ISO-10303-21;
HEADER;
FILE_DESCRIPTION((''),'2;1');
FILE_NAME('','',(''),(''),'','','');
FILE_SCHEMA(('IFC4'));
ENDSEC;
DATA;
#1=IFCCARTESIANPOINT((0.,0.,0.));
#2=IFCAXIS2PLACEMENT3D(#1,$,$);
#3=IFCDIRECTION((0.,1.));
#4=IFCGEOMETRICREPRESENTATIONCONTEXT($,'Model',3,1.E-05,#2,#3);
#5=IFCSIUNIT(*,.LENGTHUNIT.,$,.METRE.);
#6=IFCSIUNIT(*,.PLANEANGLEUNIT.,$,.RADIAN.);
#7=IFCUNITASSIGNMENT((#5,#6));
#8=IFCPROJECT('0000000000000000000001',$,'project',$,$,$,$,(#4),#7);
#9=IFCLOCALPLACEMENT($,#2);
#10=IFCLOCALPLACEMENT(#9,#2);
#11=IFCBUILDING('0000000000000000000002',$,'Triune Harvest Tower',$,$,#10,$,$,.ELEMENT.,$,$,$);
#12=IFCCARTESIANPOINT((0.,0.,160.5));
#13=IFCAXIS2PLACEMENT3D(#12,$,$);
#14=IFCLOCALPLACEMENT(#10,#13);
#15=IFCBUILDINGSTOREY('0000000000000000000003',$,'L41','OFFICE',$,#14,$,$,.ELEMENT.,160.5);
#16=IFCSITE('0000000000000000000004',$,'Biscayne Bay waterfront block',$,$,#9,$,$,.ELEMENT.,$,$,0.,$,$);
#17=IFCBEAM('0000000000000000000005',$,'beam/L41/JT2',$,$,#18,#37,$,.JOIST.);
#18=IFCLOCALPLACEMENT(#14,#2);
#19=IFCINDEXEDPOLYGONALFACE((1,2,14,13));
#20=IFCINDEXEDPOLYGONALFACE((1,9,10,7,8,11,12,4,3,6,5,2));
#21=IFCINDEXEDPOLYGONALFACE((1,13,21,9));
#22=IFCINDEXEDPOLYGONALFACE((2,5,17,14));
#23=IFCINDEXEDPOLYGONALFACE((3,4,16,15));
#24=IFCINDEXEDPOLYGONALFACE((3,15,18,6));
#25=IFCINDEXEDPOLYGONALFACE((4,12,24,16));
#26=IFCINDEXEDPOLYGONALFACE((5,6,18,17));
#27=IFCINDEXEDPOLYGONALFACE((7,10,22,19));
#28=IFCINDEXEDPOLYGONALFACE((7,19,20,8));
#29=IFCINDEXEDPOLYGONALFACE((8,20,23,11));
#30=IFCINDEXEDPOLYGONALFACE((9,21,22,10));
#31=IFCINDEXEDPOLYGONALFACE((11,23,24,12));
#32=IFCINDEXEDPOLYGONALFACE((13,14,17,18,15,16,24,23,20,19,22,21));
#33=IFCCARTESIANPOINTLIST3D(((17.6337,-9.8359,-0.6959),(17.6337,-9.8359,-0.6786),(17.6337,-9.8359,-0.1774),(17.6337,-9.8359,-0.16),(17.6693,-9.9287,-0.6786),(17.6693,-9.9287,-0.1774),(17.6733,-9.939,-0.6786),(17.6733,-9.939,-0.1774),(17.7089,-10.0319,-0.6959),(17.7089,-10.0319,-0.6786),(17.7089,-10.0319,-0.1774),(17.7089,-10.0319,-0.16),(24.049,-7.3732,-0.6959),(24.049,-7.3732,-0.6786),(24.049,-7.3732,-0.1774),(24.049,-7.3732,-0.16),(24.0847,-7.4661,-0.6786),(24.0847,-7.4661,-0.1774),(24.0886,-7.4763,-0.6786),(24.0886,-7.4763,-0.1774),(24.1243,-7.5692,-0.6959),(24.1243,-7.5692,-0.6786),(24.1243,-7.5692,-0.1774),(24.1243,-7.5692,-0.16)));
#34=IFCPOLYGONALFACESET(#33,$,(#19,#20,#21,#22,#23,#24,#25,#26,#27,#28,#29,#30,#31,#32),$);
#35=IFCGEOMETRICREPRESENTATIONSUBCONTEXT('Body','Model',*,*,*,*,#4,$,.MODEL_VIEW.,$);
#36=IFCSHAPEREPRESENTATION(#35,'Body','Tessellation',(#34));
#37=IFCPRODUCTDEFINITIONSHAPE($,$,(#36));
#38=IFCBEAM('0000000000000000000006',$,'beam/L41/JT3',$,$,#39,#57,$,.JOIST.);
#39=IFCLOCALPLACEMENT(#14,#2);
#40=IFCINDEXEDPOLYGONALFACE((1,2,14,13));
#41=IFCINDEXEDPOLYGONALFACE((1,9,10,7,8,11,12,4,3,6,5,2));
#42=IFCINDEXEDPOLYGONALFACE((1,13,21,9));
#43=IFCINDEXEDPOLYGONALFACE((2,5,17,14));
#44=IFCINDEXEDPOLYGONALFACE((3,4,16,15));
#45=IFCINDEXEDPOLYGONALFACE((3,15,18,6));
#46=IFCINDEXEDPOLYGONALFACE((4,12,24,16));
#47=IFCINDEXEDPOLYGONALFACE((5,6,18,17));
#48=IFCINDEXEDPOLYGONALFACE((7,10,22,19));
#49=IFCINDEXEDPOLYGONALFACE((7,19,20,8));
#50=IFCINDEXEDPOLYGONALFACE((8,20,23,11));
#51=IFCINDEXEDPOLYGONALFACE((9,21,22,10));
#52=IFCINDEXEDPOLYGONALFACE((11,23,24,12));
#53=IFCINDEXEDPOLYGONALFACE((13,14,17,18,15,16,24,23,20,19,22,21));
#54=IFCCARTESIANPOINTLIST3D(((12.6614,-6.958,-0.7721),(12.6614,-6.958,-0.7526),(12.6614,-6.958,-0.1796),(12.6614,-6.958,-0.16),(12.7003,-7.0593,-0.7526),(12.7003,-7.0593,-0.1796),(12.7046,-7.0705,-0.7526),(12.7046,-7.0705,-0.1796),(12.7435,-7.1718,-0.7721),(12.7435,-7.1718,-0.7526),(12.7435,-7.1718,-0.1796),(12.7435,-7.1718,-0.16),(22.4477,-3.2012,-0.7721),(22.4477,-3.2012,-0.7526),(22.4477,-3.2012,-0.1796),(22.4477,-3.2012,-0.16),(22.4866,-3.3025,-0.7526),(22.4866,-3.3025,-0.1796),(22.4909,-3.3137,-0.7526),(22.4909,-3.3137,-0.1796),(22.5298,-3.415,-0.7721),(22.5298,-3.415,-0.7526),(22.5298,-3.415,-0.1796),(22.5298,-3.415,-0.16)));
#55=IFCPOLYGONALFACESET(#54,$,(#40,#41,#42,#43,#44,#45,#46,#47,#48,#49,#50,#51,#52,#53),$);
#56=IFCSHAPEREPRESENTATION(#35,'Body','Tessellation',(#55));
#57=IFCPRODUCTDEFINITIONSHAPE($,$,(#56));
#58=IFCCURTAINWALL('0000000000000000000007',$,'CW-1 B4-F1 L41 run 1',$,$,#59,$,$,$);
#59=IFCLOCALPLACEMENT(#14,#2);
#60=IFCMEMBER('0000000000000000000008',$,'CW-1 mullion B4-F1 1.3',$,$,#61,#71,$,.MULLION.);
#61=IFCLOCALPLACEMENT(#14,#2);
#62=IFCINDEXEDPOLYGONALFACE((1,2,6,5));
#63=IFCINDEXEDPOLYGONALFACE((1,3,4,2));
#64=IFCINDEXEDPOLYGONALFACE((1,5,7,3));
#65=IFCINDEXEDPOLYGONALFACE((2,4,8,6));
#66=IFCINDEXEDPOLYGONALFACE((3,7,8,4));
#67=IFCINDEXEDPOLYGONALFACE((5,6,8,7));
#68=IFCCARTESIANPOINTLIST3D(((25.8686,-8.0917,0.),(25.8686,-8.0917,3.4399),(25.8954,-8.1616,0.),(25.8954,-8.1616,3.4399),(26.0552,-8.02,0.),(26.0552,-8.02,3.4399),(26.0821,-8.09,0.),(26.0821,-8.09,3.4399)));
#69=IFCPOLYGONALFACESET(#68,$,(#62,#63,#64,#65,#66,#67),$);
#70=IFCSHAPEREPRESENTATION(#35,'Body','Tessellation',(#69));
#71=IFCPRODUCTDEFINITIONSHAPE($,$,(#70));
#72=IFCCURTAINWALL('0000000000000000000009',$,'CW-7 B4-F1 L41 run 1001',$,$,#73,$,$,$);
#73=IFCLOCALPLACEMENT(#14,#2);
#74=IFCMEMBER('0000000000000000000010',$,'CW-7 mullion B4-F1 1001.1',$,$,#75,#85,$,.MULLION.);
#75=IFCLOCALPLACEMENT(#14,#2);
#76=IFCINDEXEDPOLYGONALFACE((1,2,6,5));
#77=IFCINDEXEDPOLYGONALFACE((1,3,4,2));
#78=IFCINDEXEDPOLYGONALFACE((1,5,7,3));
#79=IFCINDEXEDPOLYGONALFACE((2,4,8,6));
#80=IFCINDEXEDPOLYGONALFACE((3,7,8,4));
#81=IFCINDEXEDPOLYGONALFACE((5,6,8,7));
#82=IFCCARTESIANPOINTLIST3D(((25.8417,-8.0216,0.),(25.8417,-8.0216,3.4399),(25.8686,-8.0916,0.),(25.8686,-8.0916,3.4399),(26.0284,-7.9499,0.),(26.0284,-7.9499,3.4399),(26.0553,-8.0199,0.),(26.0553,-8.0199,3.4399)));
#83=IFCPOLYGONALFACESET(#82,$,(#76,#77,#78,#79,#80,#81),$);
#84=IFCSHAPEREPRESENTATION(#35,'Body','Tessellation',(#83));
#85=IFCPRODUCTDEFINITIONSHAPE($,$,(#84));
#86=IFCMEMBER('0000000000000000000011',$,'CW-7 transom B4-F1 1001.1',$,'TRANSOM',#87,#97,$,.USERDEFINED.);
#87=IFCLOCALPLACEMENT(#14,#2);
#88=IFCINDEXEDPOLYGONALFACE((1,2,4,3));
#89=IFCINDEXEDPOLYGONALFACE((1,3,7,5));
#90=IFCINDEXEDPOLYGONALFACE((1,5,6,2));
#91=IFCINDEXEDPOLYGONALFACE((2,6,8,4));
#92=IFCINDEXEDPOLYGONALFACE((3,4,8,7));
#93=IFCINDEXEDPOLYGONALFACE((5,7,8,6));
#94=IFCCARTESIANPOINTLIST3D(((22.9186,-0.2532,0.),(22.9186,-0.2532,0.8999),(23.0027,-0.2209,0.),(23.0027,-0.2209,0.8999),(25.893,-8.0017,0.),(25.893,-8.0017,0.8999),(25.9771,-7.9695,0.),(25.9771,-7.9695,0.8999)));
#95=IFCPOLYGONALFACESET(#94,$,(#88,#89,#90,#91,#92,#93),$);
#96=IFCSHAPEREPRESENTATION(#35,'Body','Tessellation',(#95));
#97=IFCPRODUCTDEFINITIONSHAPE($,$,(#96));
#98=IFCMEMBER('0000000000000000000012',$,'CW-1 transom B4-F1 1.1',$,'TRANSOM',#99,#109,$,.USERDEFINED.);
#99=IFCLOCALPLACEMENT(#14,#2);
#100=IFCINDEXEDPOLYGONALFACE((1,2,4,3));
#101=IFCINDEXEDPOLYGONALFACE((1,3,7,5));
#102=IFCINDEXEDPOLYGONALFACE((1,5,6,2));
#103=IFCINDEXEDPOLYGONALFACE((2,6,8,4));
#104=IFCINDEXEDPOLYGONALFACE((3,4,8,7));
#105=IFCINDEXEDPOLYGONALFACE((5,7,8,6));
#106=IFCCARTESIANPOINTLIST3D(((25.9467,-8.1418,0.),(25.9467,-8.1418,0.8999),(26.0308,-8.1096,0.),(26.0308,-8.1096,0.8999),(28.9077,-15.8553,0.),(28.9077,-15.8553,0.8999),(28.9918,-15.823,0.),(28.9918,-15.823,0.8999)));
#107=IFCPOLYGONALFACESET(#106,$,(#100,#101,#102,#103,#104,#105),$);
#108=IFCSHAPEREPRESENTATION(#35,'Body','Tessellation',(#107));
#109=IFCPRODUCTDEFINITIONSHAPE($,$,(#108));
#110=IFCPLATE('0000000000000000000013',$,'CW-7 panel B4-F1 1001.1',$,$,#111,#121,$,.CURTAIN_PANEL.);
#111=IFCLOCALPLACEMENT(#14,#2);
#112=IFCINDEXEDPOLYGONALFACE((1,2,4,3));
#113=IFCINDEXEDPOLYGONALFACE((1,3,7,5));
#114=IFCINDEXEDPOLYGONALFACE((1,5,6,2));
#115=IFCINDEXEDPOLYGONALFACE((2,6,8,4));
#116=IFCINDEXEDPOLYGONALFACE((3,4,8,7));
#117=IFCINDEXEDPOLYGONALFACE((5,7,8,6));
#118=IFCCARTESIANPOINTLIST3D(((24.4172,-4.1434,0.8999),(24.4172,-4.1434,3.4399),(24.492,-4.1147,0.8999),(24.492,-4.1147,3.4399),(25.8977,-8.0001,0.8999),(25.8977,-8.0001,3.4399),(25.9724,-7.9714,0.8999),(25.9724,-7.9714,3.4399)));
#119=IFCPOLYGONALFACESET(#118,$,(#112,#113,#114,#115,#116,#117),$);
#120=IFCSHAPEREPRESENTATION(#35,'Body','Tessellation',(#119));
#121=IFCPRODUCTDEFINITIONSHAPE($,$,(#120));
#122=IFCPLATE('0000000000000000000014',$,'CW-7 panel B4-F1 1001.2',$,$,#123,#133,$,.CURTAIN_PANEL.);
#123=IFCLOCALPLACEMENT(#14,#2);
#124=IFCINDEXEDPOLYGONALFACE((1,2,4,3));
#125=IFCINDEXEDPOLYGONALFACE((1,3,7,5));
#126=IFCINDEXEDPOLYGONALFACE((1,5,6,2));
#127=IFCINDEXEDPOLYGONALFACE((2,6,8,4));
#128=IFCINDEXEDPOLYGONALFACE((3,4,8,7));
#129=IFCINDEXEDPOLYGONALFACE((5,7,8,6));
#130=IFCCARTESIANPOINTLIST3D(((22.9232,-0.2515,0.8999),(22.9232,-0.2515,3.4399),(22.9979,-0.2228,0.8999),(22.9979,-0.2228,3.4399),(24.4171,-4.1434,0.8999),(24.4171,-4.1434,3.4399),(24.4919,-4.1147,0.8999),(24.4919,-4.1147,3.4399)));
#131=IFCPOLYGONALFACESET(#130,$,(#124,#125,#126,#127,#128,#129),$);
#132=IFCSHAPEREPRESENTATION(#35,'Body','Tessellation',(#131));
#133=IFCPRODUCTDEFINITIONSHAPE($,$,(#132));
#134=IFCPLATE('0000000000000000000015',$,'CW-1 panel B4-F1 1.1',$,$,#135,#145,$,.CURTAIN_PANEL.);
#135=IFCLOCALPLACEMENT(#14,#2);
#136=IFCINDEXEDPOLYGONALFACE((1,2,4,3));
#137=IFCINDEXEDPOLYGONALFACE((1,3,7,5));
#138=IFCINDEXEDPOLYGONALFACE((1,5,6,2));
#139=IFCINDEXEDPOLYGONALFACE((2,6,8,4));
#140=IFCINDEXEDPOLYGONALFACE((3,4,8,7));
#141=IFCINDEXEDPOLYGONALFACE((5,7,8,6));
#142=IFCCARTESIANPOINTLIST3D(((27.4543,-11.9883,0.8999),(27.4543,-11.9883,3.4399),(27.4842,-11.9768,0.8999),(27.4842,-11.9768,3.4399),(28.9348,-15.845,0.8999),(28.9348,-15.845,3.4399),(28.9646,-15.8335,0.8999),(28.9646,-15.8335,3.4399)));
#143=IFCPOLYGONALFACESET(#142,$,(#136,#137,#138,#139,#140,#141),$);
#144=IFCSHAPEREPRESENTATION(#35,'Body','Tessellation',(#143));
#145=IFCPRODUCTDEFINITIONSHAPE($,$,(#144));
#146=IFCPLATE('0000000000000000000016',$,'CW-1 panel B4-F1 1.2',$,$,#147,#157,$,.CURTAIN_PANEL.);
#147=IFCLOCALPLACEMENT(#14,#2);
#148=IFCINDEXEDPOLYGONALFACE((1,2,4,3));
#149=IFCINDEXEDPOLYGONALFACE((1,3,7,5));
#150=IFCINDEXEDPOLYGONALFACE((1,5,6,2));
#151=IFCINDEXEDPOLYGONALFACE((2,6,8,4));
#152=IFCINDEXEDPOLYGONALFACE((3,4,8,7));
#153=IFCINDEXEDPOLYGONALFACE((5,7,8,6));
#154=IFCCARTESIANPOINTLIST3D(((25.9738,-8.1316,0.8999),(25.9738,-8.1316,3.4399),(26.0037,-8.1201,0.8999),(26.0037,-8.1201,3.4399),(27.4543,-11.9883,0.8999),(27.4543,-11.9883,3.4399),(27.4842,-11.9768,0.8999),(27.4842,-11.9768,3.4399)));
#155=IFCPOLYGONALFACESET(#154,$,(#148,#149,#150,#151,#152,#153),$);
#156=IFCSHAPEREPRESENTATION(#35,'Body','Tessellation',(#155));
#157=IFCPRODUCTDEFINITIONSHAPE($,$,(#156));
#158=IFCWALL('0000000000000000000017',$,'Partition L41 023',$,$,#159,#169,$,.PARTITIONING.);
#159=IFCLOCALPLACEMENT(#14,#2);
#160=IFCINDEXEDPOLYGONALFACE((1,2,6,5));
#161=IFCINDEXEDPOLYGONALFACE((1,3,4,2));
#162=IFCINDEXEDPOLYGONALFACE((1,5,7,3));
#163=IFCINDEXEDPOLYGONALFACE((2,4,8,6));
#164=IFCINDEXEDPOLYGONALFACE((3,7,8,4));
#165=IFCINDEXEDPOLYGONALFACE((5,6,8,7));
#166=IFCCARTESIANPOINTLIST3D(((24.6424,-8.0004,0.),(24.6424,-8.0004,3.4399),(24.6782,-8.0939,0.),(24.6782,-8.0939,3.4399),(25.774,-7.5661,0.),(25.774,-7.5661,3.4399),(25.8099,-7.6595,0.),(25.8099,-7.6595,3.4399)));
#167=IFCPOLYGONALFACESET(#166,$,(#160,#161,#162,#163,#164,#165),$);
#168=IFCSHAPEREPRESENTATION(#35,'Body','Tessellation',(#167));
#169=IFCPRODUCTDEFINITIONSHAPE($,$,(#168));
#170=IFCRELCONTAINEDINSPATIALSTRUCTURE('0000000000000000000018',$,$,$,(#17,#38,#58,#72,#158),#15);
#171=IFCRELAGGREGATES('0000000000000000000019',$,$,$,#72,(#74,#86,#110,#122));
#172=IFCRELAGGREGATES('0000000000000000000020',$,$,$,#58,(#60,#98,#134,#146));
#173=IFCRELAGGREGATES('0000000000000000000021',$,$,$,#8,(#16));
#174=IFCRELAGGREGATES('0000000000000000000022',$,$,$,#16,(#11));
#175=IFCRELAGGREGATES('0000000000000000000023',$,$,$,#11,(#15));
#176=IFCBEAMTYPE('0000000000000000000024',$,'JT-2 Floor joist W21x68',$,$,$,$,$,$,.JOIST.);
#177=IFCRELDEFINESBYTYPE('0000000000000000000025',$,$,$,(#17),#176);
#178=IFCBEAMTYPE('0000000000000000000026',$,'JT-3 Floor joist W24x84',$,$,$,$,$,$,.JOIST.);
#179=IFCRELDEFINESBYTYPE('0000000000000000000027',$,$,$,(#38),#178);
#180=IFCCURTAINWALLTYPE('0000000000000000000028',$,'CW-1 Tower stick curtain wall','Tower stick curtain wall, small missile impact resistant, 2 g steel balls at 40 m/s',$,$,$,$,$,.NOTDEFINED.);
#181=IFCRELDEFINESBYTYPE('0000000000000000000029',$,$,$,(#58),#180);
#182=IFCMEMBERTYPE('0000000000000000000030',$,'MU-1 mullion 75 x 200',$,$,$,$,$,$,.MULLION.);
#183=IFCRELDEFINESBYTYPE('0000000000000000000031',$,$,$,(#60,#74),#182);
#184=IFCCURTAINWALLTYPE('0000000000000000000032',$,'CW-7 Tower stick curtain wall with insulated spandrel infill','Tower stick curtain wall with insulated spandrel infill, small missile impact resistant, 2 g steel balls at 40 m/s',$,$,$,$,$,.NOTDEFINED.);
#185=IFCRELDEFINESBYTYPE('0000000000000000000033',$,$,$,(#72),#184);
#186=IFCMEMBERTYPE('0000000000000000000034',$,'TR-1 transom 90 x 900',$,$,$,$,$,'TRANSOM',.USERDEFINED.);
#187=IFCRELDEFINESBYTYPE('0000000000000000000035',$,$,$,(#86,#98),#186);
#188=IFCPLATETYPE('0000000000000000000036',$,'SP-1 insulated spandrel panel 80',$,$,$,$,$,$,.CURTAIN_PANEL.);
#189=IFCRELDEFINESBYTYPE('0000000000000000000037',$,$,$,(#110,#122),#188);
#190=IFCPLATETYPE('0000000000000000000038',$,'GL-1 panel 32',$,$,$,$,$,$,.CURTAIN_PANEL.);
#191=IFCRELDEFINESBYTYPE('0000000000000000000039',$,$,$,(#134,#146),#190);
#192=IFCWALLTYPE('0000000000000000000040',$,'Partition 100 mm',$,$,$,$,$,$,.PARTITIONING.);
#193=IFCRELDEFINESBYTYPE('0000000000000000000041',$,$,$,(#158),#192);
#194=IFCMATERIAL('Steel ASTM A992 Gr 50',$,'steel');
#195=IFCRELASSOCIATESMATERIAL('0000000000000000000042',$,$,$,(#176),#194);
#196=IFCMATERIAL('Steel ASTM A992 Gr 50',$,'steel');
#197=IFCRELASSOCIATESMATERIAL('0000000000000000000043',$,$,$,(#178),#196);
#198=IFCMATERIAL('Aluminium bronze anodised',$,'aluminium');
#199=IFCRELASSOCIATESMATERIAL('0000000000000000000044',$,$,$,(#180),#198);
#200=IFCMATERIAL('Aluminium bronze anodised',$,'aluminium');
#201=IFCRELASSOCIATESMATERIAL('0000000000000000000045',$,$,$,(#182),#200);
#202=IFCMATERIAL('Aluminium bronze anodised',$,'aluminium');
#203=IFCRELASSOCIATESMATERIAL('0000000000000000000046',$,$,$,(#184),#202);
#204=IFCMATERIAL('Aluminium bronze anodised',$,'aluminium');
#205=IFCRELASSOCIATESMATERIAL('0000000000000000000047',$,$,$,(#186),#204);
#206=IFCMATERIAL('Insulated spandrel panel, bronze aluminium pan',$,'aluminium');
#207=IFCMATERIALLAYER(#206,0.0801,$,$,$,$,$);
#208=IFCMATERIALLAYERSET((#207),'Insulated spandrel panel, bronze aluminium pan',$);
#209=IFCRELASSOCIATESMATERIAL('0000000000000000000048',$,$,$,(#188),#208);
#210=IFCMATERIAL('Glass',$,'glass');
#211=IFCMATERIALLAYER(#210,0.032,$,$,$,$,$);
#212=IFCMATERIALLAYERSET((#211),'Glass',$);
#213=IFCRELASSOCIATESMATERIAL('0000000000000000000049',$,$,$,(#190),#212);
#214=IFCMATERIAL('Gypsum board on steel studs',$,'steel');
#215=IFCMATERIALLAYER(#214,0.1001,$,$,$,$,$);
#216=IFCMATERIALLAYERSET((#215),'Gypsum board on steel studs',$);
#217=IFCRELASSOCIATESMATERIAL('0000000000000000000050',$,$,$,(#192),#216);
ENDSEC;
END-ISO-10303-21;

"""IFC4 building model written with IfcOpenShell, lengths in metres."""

from ifc_helpers import new_model, si_unit, direction, frame, frame_2d, origin, origin_2d, place, context, subcontext, project, spatial, rectangle, i_section, extrude, source, transform, mapped, material, layer, layer_set, material_profile, profile_set, type_object, element, aggregate, save


model = new_model("IFC4")

# Units and contexts
model_context = context("Model", 3, precision=1e-05, world=origin(), true_north=direction((0.0, 1.0)))
body_context = subcontext(model_context, "Body", "Model", "MODEL_VIEW")
ifc_project = project(units=[si_unit("LENGTHUNIT", "METRE"), si_unit("PLANEANGLEUNIT", "RADIAN")], contexts=[model_context])

# Site, building, storey
site_placement = place(None, origin())
site = spatial("IfcSite", under=ifc_project, at=site_placement, Name="Biscayne Bay waterfront block", CompositionType="ELEMENT", RefElevation=0.0)
building_placement = place(site_placement, origin())
building = spatial("IfcBuilding", under=site, at=building_placement, Name="Triune Harvest Tower", CompositionType="ELEMENT")
storey_placement = place(building_placement, frame((0.0, 0.0, 160.5)))
storey = spatial("IfcBuildingStorey", under=building, at=storey_placement, Name="L41", Description="OFFICE", CompositionType="ELEMENT", Elevation=160.5)

# Beams
ifc_material_1 = material(Name="Steel ASTM A992 Gr 50", Category="steel")
ifc_material_profile_1 = material_profile(ifc_material_1, i_section(OverallWidth=0.21, OverallDepth=0.5359, WebThickness=0.011, FlangeThickness=0.0173, at=origin_2d()), Name="W21x68")
ifc_profile_set_1 = profile_set([ifc_material_profile_1], Name="Steel ASTM A992 Gr 50")
beam_type_1 = type_object("IfcBeamType", Name="JT-2 Floor joist W21x68", PredefinedType="JOIST", material=ifc_profile_set_1)
shared_shape_1 = source(origin(), body_context, "Body", "SweptSolid", [
    extrude(i_section(OverallWidth=0.21, OverallDepth=0.5359, WebThickness=0.011, FlangeThickness=0.0173, at=origin_2d()), origin(), (0.0, 0.0, 1.0), 6.8718),
])
beam_1_placement = place(storey_placement, frame((24.0867, -7.4712, -0.428), z_axis=(-0.933578, -0.358374, 0.0), x_axis=(0.358374, -0.933578, 0.0)))
element("IfcBeam", 1, at=beam_1_placement, inside=storey, type_object=beam_type_1, Name="beam/L41/JT2", PredefinedType="JOIST", context=body_context, shape_type="MappedRepresentation", body=[
    mapped(shared_shape_1, transform((0.0, 0.0, 0.0), scale=1.0)),
])
ifc_material_2 = material(Name="Steel ASTM A992 Gr 50", Category="steel")
ifc_material_profile_2 = material_profile(ifc_material_2, i_section(OverallWidth=0.229, OverallDepth=0.6121, WebThickness=0.012, FlangeThickness=0.0195, at=origin_2d()), Name="W24x84")
ifc_profile_set_2 = profile_set([ifc_material_profile_2], Name="Steel ASTM A992 Gr 50")
beam_type_2 = type_object("IfcBeamType", Name="JT-3 Floor joist W24x84", PredefinedType="JOIST", material=ifc_profile_set_2)
shared_shape_2 = source(origin(), body_context, "Body", "SweptSolid", [
    extrude(i_section(OverallWidth=0.229, OverallDepth=0.6121, WebThickness=0.012, FlangeThickness=0.0195, at=origin_2d()), origin(), (0.0, 0.0, 1.0), 10.4827),
])
beam_2_placement = place(storey_placement, frame((22.4888, -3.3081, -0.4661), z_axis=(-0.933574, -0.358384, 0.0), x_axis=(0.358384, -0.933574, 0.0)))
element("IfcBeam", 2, at=beam_2_placement, inside=storey, type_object=beam_type_2, Name="beam/L41/JT3", PredefinedType="JOIST", context=body_context, shape_type="MappedRepresentation", body=[
    mapped(shared_shape_2, transform((0.0, 0.0, 0.0), scale=1.0)),
])

# Curtain wall, member
ifc_material_3 = material(Name="Aluminium bronze anodised", Category="aluminium")
curtain_wall_type_1 = type_object("IfcCurtainWallType", Name="CW-1 Tower stick curtain wall", Description="Tower stick curtain wall, small missile impact resistant, 2 g steel balls at 40 m/s", PredefinedType="NOTDEFINED", material=ifc_material_3)
curtain_wall_1_placement = place(storey_placement, origin())
curtain_wall_1 = element("IfcCurtainWall", 3, at=curtain_wall_1_placement, inside=storey, type_object=curtain_wall_type_1, Name="CW-1 B4-F1 L41 run 1")
ifc_material_4 = material(Name="Aluminium bronze anodised", Category="aluminium")
ifc_material_profile_3 = material_profile(ifc_material_4, rectangle(XDim=0.2, YDim=0.075, at=origin_2d()), Name="MU-1 mullion 75 x 200")
ifc_profile_set_3 = profile_set([ifc_material_profile_3], Name="Aluminium bronze anodised")
member_type_1 = type_object("IfcMemberType", Name="MU-1 mullion 75 x 200", PredefinedType="MULLION", material=ifc_profile_set_3)
shared_shape_3 = source(origin(), body_context, "Body", "SweptSolid", [
    extrude(rectangle(XDim=0.2, YDim=0.075, at=origin_2d()), origin(), (0.0, 0.0, 1.0), 3.4399),
])
member_1_placement = place(storey_placement, frame((25.9753, -8.0908, 0.0), z_axis=(0.0, 0.0, 1.0), x_axis=(-0.933577, -0.358376, 0.0)))
member_1 = element("IfcMember", 4, at=member_1_placement, type_object=member_type_1, Name="CW-1 mullion B4-F1 1.3", PredefinedType="MULLION", context=body_context, shape_type="MappedRepresentation", body=[
    mapped(shared_shape_3, transform((0.0, 0.0, 0.0), scale=1.0)),
])

# Curtain wall, members
ifc_material_5 = material(Name="Aluminium bronze anodised", Category="aluminium")
curtain_wall_type_2 = type_object("IfcCurtainWallType", Name="CW-7 Tower stick curtain wall with insulated spandrel infill", Description="Tower stick curtain wall with insulated spandrel infill, small missile impact resistant, 2 g steel balls at 40 m/s", PredefinedType="NOTDEFINED", material=ifc_material_5)
curtain_wall_2_placement = place(storey_placement, origin())
curtain_wall_2 = element("IfcCurtainWall", 5, at=curtain_wall_2_placement, inside=storey, type_object=curtain_wall_type_2, Name="CW-7 B4-F1 L41 run 1001")
member_2_placement = place(storey_placement, frame((25.9485, -8.0208, 0.0), z_axis=(0.0, 0.0, 1.0), x_axis=(-0.933581, -0.358366, 0.0)))
member_2 = element("IfcMember", 6, at=member_2_placement, type_object=member_type_1, Name="CW-7 mullion B4-F1 1001.1", PredefinedType="MULLION", context=body_context, shape_type="MappedRepresentation", body=[
    mapped(shared_shape_3, transform((0.0, 0.0, 0.0), scale=1.0)),
])
ifc_material_6 = material(Name="Aluminium bronze anodised", Category="aluminium")
ifc_material_profile_4 = material_profile(ifc_material_6, rectangle(XDim=0.0901, YDim=0.8999, at=origin_2d()), Name="TR-1 transom 90 x 900")
ifc_profile_set_4 = profile_set([ifc_material_profile_4], Name="Aluminium bronze anodised")
member_type_2 = type_object("IfcMemberType", Name="TR-1 transom 90 x 900", ElementType="TRANSOM", PredefinedType="USERDEFINED", material=ifc_profile_set_4)
shared_shape_4 = source(origin(), body_context, "Body", "SweptSolid", [
    extrude(rectangle(XDim=0.0901, YDim=0.8999, at=origin_2d()), origin(), (0.0, 0.0, 1.0), 8.2998),
])
member_3_placement = place(storey_placement, frame((25.9351, -7.9856, 0.45), z_axis=(-0.358366, 0.933581, 0.0), x_axis=(-0.933581, -0.358366, 0.0)))
member_3 = element("IfcMember", 7, at=member_3_placement, type_object=member_type_2, Name="CW-7 transom B4-F1 1001.1", ObjectType="TRANSOM", PredefinedType="USERDEFINED", context=body_context, shape_type="MappedRepresentation", body=[
    mapped(shared_shape_4, transform((0.0, 0.0, 0.0), scale=1.0)),
])

# Member
shared_shape_5 = source(origin(), body_context, "Body", "SweptSolid", [
    extrude(rectangle(XDim=0.0901, YDim=0.8999, at=origin_2d()), origin(), (0.0, 0.0, 1.0), 8.2622),
])
member_4_placement = place(storey_placement, frame((28.9497, -15.8391, 0.45), z_axis=(-0.358373, 0.933578, 0.0), x_axis=(-0.933578, -0.358373, 0.0)))
member_4 = element("IfcMember", 8, at=member_4_placement, type_object=member_type_2, Name="CW-1 transom B4-F1 1.1", ObjectType="TRANSOM", PredefinedType="USERDEFINED", context=body_context, shape_type="MappedRepresentation", body=[
    mapped(shared_shape_5, transform((0.0, 0.0, 0.0), scale=1.0)),
])

# Plates
ifc_material_7 = material(Name="Insulated spandrel panel, bronze aluminium pan", Category="aluminium")
ifc_layer_1 = layer(ifc_material_7, 0.0801)
ifc_layer_set_1 = layer_set([ifc_layer_1], Name="Insulated spandrel panel, bronze aluminium pan")
plate_type_1 = type_object("IfcPlateType", Name="SP-1 insulated spandrel panel 80", PredefinedType="CURTAIN_PANEL", material=ifc_layer_set_1)
shared_shape_6 = source(origin(), body_context, "Body", "SweptSolid", [
    extrude(rectangle(XDim=4.1311, YDim=0.0801, at=origin_2d()), origin(), (0.0, 0.0, 1.0), 2.54),
])
plate_1_placement = place(storey_placement, frame((25.1948, -6.0574, 0.8999), z_axis=(0.0, 0.0, 1.0), x_axis=(-0.358366, 0.933581, 0.0)))
plate_1 = element("IfcPlate", 9, at=plate_1_placement, type_object=plate_type_1, Name="CW-7 panel B4-F1 1001.1", PredefinedType="CURTAIN_PANEL", context=body_context, shape_type="MappedRepresentation", body=[
    mapped(shared_shape_6, transform((0.0, 0.0, 0.0), scale=1.0)),
])
shared_shape_7 = source(origin(), body_context, "Body", "SweptSolid", [
    extrude(rectangle(XDim=4.1687, YDim=0.0801, at=origin_2d()), origin(), (0.0, 0.0, 1.0), 2.54),
])
plate_2_placement = place(storey_placement, frame((23.7075, -2.1831, 0.8999), z_axis=(0.0, 0.0, 1.0), x_axis=(-0.358366, 0.933581, 0.0)))
plate_2 = element("IfcPlate", 10, at=plate_2_placement, type_object=plate_type_1, Name="CW-7 panel B4-F1 1001.2", PredefinedType="CURTAIN_PANEL", context=body_context, shape_type="MappedRepresentation", body=[
    mapped(shared_shape_7, transform((0.0, 0.0, 0.0), scale=1.0)),
])
aggregate(curtain_wall_2, [member_2, member_3, plate_1, plate_2])
ifc_material_8 = material(Name="Glass", Category="glass")
ifc_layer_2 = layer(ifc_material_8, 0.032)
ifc_layer_set_2 = layer_set([ifc_layer_2], Name="Glass")
plate_type_2 = type_object("IfcPlateType", Name="GL-1 panel 32", PredefinedType="CURTAIN_PANEL", material=ifc_layer_set_2)
shared_shape_8 = source(origin(), body_context, "Body", "SweptSolid", [
    extrude(rectangle(XDim=4.1311, YDim=0.032, at=origin_2d()), origin(), (0.0, 0.0, 1.0), 2.54),
])
plate_3_placement = place(storey_placement, frame((28.2095, -13.9109, 0.8999), z_axis=(0.0, 0.0, 1.0), x_axis=(-0.358376, 0.933577, 0.0)))
plate_3 = element("IfcPlate", 11, at=plate_3_placement, type_object=plate_type_2, Name="CW-1 panel B4-F1 1.1", PredefinedType="CURTAIN_PANEL", context=body_context, shape_type="MappedRepresentation", body=[
    mapped(shared_shape_8, transform((0.0, 0.0, 0.0), scale=1.0)),
])
plate_4_placement = place(storey_placement, frame((26.729, -10.0542, 0.8999), z_axis=(0.0, 0.0, 1.0), x_axis=(-0.358376, 0.933577, 0.0)))
plate_4 = element("IfcPlate", 12, at=plate_4_placement, type_object=plate_type_2, Name="CW-1 panel B4-F1 1.2", PredefinedType="CURTAIN_PANEL", context=body_context, shape_type="MappedRepresentation", body=[
    mapped(shared_shape_8, transform((0.0, 0.0, 0.0), scale=1.0)),
])
aggregate(curtain_wall_1, [member_1, member_4, plate_3, plate_4])

# Wall
ifc_material_9 = material(Name="Gypsum board on steel studs", Category="steel")
ifc_layer_3 = layer(ifc_material_9, 0.1001)
ifc_layer_set_3 = layer_set([ifc_layer_3], Name="Gypsum board on steel studs")
wall_type = type_object("IfcWallType", Name="Partition 100 mm", PredefinedType="PARTITIONING", material=ifc_layer_set_3)
shared_shape_9 = source(origin(), body_context, "Body", "SweptSolid", [
    extrude(rectangle(XDim=1.2122, YDim=0.1001, at=frame_2d((0.606, 0.0))), origin(), (0.0, 0.0, 1.0), 3.4399),
])
for number, where, z_axis, x_axis, name in (
    (13, (24.6604, -8.0471, 0.0), (0.0, 0.0, 1.0), (0.933595, 0.358331, 0.0), "Partition L41 023"),
):
    element("IfcWall", number, at=place(storey_placement, frame(where, z_axis=z_axis, x_axis=x_axis)), inside=storey, type_object=wall_type, Name=name, PredefinedType="PARTITIONING", context=body_context, shape_type="MappedRepresentation", body=[
        mapped(shared_shape_9, transform((0.0, 0.0, 0.0), scale=1.0)),
    ])

save(model, "model.ifc")
